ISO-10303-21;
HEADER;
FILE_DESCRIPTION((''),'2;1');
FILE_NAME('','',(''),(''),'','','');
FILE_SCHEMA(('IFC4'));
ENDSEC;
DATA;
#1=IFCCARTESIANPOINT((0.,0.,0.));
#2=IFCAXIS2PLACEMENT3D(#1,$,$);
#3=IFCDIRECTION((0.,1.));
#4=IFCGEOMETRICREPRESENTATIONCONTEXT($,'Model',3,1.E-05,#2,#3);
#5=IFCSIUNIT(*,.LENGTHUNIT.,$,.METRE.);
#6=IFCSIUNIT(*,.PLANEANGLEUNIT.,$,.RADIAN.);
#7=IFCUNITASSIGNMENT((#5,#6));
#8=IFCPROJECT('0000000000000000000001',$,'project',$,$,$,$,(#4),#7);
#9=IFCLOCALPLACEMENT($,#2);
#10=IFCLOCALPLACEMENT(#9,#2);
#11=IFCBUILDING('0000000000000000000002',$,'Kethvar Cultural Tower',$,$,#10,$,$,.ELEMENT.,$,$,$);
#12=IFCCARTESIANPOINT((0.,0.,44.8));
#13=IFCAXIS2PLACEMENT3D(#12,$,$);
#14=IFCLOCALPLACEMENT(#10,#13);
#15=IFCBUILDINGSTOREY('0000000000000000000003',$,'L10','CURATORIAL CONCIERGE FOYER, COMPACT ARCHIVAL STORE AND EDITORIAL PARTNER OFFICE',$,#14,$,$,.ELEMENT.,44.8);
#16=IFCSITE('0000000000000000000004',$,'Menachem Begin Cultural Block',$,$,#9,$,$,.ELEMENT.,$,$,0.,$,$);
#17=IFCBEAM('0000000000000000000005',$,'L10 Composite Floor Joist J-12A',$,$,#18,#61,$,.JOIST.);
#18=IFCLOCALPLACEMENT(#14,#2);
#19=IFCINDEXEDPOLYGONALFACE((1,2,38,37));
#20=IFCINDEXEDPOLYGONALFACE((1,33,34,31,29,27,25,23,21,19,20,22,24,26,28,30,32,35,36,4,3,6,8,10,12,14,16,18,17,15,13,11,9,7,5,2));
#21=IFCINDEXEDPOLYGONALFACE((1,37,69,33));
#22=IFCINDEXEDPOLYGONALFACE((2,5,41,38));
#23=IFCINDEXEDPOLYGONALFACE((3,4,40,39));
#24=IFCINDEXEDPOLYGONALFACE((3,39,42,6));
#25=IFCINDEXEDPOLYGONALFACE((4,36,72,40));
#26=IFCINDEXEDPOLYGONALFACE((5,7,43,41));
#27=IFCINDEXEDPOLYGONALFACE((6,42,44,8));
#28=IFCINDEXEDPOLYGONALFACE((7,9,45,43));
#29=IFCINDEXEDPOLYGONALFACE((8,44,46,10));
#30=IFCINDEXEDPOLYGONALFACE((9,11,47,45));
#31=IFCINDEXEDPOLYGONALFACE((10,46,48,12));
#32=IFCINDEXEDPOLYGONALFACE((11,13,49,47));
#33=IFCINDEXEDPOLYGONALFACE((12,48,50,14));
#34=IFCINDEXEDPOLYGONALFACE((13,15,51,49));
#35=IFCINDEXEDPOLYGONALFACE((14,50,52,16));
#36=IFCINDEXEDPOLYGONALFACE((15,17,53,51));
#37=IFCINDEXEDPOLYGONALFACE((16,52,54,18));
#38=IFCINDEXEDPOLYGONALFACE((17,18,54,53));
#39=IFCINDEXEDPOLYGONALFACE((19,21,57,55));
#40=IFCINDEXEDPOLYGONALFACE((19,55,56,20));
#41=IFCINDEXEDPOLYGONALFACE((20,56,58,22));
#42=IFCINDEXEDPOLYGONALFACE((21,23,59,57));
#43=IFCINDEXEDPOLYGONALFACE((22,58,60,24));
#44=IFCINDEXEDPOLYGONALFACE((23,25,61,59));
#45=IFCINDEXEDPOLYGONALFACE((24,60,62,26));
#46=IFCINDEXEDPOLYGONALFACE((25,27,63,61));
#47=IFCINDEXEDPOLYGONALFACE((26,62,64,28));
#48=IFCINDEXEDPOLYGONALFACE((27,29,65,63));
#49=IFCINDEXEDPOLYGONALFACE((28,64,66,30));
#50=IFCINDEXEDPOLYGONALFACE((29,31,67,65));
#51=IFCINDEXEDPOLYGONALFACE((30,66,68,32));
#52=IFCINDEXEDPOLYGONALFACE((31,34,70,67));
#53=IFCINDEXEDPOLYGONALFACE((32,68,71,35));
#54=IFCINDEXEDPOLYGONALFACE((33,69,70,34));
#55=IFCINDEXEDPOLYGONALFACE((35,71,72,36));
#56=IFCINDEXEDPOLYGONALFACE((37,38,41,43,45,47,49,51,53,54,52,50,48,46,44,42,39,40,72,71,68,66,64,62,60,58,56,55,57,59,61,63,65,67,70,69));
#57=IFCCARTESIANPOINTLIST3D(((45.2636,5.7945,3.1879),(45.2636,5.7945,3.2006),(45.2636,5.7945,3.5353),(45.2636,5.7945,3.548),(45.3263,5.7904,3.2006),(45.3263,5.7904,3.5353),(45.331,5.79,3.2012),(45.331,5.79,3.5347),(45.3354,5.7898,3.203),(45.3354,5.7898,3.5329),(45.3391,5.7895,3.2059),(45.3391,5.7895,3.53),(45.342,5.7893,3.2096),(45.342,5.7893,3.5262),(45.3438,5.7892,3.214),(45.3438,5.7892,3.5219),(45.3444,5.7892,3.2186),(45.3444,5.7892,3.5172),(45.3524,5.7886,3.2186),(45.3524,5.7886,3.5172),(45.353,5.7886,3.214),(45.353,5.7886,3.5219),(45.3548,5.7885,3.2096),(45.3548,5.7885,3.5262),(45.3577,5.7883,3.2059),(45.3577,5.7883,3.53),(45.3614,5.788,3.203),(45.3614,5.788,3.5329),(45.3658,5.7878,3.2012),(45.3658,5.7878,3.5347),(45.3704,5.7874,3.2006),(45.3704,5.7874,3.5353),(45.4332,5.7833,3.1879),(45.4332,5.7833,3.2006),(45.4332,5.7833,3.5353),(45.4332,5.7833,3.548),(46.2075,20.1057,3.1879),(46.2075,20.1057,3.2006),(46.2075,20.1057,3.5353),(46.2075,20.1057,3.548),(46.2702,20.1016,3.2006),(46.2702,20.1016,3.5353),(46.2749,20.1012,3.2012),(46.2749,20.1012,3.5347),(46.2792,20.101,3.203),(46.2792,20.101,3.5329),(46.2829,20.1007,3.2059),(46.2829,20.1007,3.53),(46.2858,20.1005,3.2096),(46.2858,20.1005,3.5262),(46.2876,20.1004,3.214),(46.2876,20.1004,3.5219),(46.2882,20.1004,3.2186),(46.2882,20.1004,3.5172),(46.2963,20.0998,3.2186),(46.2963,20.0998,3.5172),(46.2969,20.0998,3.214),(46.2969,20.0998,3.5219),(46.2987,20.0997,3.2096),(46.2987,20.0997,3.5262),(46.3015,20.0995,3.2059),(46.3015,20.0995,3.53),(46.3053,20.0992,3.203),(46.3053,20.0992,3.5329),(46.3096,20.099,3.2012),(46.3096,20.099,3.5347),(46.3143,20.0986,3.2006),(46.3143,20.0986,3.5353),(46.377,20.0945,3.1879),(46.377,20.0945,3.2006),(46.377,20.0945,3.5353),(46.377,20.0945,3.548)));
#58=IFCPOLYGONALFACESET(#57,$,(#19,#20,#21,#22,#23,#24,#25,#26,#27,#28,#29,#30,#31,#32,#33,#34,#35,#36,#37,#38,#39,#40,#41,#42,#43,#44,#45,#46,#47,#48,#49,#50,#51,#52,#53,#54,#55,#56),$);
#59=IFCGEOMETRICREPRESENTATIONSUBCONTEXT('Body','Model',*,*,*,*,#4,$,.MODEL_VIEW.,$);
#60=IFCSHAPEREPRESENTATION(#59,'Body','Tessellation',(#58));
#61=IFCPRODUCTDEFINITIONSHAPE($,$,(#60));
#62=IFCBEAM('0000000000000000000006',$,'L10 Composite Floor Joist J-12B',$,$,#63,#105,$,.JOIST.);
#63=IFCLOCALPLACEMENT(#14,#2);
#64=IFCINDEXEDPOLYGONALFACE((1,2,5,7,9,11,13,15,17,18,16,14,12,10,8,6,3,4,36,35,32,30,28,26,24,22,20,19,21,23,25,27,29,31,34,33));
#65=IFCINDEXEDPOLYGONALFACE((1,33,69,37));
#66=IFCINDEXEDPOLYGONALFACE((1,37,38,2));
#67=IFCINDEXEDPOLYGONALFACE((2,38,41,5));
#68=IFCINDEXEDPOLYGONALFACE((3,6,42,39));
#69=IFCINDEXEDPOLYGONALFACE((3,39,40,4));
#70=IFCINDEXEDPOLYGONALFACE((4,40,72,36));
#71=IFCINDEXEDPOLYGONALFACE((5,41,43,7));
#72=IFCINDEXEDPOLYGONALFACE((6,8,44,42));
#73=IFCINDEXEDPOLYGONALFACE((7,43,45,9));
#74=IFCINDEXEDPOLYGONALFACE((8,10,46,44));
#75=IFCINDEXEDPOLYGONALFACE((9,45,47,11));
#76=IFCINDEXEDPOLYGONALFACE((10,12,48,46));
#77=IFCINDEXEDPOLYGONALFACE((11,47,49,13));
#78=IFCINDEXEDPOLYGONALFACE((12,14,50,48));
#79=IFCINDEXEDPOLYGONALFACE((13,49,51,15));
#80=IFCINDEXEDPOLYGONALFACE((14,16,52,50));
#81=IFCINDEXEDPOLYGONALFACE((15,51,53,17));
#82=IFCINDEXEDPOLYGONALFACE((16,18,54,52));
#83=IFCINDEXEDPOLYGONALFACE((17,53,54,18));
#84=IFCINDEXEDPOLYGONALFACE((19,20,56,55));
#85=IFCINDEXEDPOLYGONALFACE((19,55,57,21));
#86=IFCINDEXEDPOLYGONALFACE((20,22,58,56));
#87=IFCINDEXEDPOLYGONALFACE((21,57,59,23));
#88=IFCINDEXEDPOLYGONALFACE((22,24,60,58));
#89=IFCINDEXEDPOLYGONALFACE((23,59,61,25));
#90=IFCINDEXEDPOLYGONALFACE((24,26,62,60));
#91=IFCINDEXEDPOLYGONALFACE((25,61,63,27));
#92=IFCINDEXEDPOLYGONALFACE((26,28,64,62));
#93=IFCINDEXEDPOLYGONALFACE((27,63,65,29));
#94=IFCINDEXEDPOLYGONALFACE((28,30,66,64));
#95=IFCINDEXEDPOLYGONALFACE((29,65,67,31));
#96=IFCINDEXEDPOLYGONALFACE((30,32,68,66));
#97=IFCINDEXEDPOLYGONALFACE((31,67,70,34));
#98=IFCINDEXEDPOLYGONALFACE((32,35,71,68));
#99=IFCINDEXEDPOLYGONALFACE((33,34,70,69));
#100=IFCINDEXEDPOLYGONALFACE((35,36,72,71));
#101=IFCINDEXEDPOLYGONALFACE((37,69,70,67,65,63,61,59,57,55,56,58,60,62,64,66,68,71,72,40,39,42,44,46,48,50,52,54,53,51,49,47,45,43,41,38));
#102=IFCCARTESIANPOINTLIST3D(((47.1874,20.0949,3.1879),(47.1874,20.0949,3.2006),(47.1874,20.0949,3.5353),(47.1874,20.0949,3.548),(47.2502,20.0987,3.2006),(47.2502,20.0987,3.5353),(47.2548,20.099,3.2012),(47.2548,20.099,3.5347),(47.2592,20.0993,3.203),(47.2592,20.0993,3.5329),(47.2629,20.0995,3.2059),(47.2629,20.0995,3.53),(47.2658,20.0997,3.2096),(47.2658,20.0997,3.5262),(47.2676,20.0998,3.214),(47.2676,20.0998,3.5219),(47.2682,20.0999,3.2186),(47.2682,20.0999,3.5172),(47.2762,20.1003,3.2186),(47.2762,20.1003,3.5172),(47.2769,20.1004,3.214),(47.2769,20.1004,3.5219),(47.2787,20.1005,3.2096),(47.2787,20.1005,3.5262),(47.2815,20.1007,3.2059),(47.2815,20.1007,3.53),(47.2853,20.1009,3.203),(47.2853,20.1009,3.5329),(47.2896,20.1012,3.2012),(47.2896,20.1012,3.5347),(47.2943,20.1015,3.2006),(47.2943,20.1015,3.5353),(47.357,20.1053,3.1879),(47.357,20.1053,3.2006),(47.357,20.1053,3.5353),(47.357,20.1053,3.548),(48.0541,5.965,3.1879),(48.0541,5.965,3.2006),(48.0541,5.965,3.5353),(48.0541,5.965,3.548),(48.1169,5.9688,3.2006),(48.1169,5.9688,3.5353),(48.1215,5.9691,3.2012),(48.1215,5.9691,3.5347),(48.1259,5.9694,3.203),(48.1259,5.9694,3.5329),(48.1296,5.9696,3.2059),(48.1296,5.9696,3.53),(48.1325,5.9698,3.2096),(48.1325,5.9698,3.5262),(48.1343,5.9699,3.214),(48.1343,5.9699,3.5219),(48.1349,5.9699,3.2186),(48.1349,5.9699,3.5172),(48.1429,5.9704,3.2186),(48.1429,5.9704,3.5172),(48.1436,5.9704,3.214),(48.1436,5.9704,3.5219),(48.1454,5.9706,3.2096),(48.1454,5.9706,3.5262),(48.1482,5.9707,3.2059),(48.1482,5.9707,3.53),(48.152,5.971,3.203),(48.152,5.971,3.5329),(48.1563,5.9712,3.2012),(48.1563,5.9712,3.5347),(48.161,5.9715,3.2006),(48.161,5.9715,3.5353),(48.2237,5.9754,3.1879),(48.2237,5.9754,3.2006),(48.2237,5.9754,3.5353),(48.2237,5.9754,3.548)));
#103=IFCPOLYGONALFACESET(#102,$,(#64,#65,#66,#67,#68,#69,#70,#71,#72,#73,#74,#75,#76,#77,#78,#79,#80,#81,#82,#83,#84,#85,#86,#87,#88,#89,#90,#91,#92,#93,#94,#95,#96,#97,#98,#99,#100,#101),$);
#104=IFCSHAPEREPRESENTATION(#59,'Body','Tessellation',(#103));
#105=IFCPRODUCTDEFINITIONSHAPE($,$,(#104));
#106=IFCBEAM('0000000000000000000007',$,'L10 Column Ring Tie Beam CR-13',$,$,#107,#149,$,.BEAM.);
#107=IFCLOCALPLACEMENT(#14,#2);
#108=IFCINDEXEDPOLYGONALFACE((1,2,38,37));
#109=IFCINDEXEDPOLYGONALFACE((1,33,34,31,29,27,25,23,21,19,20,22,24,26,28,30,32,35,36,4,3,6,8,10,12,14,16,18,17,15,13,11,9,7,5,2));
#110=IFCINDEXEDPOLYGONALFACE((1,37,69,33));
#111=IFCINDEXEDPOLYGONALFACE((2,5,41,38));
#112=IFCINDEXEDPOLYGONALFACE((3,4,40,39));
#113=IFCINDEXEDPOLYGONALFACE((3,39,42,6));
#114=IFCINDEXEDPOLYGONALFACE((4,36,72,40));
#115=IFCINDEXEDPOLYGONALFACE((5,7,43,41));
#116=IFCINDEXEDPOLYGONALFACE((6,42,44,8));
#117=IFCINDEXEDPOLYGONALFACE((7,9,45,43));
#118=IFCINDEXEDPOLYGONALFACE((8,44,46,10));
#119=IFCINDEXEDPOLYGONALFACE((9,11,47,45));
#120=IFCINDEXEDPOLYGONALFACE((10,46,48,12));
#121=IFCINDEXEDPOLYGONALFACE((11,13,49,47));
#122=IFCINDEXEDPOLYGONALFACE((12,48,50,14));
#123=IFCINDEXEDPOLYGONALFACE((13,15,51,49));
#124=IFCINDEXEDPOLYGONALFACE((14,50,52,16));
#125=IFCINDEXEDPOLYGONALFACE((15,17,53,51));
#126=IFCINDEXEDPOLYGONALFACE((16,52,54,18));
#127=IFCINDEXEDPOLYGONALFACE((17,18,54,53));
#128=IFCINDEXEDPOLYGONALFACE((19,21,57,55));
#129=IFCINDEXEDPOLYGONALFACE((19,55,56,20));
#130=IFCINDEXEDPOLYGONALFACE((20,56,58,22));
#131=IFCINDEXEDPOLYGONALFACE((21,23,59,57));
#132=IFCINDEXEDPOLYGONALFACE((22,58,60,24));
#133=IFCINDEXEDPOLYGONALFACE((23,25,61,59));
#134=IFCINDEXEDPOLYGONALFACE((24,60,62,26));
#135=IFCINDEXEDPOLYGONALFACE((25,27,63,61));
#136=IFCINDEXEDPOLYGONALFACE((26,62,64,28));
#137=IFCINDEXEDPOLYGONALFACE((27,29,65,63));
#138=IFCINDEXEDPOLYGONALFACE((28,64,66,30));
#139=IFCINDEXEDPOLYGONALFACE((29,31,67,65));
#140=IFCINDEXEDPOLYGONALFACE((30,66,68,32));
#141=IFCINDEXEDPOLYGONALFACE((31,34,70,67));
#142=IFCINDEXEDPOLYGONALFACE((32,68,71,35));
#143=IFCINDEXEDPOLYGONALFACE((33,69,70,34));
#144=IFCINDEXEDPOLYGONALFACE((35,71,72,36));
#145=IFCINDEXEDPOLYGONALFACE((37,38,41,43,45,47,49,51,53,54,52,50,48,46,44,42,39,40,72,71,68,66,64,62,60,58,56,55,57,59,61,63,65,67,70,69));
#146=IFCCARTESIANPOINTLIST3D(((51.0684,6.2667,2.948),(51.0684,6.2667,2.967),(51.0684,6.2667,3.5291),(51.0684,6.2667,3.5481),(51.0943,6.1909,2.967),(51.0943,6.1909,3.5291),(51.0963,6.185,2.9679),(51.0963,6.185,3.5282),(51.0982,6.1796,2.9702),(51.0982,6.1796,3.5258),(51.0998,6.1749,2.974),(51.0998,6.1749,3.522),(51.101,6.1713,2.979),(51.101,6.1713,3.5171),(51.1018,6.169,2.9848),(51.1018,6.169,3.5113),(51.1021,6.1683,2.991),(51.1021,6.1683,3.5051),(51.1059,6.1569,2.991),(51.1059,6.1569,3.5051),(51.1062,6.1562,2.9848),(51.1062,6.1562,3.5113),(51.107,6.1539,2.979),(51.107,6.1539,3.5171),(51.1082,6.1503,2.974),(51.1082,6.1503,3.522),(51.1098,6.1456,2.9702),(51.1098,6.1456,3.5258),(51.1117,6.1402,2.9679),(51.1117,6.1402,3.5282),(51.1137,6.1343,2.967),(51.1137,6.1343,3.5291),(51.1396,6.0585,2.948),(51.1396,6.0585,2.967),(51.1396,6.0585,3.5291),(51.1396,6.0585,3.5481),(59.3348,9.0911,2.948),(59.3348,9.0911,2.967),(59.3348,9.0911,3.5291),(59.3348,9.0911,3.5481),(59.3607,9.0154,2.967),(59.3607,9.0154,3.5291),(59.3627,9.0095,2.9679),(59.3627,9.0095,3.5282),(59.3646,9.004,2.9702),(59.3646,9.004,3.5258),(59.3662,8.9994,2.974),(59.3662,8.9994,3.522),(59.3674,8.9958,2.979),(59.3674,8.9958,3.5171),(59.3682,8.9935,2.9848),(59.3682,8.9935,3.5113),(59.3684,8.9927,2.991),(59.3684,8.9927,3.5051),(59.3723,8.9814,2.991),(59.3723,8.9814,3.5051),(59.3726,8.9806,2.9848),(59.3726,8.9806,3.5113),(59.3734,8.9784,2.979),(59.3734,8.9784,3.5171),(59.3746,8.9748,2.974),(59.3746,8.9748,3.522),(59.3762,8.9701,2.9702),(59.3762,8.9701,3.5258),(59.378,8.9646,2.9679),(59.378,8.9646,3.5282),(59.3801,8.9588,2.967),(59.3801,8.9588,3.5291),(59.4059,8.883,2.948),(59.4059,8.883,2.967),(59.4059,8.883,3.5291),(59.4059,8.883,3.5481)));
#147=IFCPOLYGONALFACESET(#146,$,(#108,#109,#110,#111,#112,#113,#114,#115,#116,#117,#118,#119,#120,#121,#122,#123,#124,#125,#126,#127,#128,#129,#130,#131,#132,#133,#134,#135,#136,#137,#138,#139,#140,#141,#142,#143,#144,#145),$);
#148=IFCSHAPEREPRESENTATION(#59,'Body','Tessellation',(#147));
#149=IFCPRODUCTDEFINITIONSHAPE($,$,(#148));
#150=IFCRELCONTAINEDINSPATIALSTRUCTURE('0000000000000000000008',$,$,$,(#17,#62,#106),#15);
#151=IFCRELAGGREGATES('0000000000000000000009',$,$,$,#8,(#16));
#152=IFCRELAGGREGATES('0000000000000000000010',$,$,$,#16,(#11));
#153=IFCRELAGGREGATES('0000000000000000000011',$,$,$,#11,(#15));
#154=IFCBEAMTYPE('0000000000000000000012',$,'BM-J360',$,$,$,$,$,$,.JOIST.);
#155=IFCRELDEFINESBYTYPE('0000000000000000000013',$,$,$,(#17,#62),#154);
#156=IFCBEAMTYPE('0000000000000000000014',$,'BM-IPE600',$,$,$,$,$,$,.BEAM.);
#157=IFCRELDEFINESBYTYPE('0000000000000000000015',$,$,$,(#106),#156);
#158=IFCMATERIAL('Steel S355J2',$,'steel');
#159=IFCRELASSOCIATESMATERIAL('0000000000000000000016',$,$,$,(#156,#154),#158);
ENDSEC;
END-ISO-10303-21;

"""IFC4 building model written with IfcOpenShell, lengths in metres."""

from ifc_helpers import new_model, si_unit, direction, frame, origin, origin_2d, place, context, subcontext, project, spatial, i_section, extrude, source, transform, mapped, material, material_profile, profile_set, type_object, element, save


model = new_model("IFC4")

# Units and contexts
model_context = context("Model", 3, precision=1e-05, world=origin(), true_north=direction((0.0, 1.0)))
body_context = subcontext(model_context, "Body", "Model", "MODEL_VIEW")
ifc_project = project(units=[si_unit("LENGTHUNIT", "METRE"), si_unit("PLANEANGLEUNIT", "RADIAN")], contexts=[model_context])

# Site, building, storey
site_placement = place(None, origin())
site = spatial("IfcSite", under=ifc_project, at=site_placement, Name="Menachem Begin Cultural Block", CompositionType="ELEMENT", RefElevation=0.0)
building_placement = place(site_placement, origin())
building = spatial("IfcBuilding", under=site, at=building_placement, Name="Kethvar Cultural Tower", CompositionType="ELEMENT")
storey_placement = place(building_placement, frame((0.0, 0.0, 44.8)))
storey = spatial("IfcBuildingStorey", under=building, at=storey_placement, Name="L10", Description="CURATORIAL CONCIERGE FOYER, COMPACT ARCHIVAL STORE AND EDITORIAL PARTNER OFFICE", CompositionType="ELEMENT", Elevation=44.8)

# Beams
ifc_material_1 = material(Name="Steel S355J2", Category="steel")
ifc_material_profile_1 = material_profile(ifc_material_1, i_section(OverallWidth=0.22, OverallDepth=0.6001, WebThickness=0.012, FlangeThickness=0.019, FilletRadius=0.0239, at=origin_2d()), Name="Steel S355J2 — IPE600")
ifc_profile_set_1 = profile_set([ifc_material_profile_1], Name="Steel S355J2 — IPE600")
beam_type_1 = type_object("IfcBeamType", Name="BM-IPE600", PredefinedType="BEAM", material=ifc_profile_set_1)
ifc_material_profile_2 = material_profile(ifc_material_1, i_section(OverallWidth=0.1699, OverallDepth=0.3601, WebThickness=0.0081, FlangeThickness=0.0127, FilletRadius=0.0181, at=origin_2d()), Name="Steel S355J2 — IPE360")
ifc_profile_set_2 = profile_set([ifc_material_profile_2], Name="Steel S355J2 — IPE360")
beam_type_2 = type_object("IfcBeamType", Name="BM-J360", PredefinedType="JOIST", material=ifc_profile_set_2)
shared_shape_1 = source(origin(), body_context, "Body", "SweptSolid", [
    extrude(i_section(OverallWidth=0.1699, OverallDepth=0.3601, WebThickness=0.0081, FlangeThickness=0.0127, FilletRadius=0.0181, at=origin_2d()), origin(), (0.0, 0.0, 1.0), 14.3423),
])
beam_1_placement = place(storey_placement, frame((46.2922, 20.1001, 3.3679), z_axis=(-0.065808, -0.997832, 0.0), x_axis=(0.997832, -0.065808, 0.0)))
element("IfcBeam", 1, at=beam_1_placement, inside=storey, type_object=beam_type_2, Name="L10 Composite Floor Joist J-12A", PredefinedType="JOIST", context=body_context, shape_type="MappedRepresentation", body=[
    mapped(shared_shape_1, transform((0.0, 0.0, 0.0), scale=1.0)),
])
shared_shape_2 = source(origin(), body_context, "Body", "SweptSolid", [
    extrude(i_section(OverallWidth=0.1699, OverallDepth=0.3601, WebThickness=0.0081, FlangeThickness=0.0127, FilletRadius=0.0181, at=origin_2d()), origin(), (0.0, 0.0, 1.0), 14.1565),
])
beam_2_placement = place(storey_placement, frame((47.2722, 20.1001, 3.3679), z_axis=(0.061223, -0.998124, 0.0), x_axis=(0.998124, 0.061223, 0.0)))
element("IfcBeam", 2, at=beam_2_placement, inside=storey, type_object=beam_type_2, Name="L10 Composite Floor Joist J-12B", PredefinedType="JOIST", context=body_context, shape_type="MappedRepresentation", body=[
    mapped(shared_shape_2, transform((0.0, 0.0, 0.0), scale=1.0)),
])
shared_shape_3 = source(origin(), body_context, "Body", "SweptSolid", [
    extrude(i_section(OverallWidth=0.22, OverallDepth=0.6001, WebThickness=0.012, FlangeThickness=0.019, FilletRadius=0.0239, at=origin_2d()), origin(), (0.0, 0.0, 1.0), 8.7356),
])
beam_3_placement = place(storey_placement, frame((51.104, 6.1626, 3.248), z_axis=(0.946287, 0.323329, 0.0), x_axis=(-0.323329, 0.946287, 0.0)))
element("IfcBeam", 3, at=beam_3_placement, inside=storey, type_object=beam_type_1, Name="L10 Column Ring Tie Beam CR-13", PredefinedType="BEAM", context=body_context, shape_type="MappedRepresentation", body=[
    mapped(shared_shape_3, transform((0.0, 0.0, 0.0), scale=1.0)),
])

save(model, "model.ifc")
